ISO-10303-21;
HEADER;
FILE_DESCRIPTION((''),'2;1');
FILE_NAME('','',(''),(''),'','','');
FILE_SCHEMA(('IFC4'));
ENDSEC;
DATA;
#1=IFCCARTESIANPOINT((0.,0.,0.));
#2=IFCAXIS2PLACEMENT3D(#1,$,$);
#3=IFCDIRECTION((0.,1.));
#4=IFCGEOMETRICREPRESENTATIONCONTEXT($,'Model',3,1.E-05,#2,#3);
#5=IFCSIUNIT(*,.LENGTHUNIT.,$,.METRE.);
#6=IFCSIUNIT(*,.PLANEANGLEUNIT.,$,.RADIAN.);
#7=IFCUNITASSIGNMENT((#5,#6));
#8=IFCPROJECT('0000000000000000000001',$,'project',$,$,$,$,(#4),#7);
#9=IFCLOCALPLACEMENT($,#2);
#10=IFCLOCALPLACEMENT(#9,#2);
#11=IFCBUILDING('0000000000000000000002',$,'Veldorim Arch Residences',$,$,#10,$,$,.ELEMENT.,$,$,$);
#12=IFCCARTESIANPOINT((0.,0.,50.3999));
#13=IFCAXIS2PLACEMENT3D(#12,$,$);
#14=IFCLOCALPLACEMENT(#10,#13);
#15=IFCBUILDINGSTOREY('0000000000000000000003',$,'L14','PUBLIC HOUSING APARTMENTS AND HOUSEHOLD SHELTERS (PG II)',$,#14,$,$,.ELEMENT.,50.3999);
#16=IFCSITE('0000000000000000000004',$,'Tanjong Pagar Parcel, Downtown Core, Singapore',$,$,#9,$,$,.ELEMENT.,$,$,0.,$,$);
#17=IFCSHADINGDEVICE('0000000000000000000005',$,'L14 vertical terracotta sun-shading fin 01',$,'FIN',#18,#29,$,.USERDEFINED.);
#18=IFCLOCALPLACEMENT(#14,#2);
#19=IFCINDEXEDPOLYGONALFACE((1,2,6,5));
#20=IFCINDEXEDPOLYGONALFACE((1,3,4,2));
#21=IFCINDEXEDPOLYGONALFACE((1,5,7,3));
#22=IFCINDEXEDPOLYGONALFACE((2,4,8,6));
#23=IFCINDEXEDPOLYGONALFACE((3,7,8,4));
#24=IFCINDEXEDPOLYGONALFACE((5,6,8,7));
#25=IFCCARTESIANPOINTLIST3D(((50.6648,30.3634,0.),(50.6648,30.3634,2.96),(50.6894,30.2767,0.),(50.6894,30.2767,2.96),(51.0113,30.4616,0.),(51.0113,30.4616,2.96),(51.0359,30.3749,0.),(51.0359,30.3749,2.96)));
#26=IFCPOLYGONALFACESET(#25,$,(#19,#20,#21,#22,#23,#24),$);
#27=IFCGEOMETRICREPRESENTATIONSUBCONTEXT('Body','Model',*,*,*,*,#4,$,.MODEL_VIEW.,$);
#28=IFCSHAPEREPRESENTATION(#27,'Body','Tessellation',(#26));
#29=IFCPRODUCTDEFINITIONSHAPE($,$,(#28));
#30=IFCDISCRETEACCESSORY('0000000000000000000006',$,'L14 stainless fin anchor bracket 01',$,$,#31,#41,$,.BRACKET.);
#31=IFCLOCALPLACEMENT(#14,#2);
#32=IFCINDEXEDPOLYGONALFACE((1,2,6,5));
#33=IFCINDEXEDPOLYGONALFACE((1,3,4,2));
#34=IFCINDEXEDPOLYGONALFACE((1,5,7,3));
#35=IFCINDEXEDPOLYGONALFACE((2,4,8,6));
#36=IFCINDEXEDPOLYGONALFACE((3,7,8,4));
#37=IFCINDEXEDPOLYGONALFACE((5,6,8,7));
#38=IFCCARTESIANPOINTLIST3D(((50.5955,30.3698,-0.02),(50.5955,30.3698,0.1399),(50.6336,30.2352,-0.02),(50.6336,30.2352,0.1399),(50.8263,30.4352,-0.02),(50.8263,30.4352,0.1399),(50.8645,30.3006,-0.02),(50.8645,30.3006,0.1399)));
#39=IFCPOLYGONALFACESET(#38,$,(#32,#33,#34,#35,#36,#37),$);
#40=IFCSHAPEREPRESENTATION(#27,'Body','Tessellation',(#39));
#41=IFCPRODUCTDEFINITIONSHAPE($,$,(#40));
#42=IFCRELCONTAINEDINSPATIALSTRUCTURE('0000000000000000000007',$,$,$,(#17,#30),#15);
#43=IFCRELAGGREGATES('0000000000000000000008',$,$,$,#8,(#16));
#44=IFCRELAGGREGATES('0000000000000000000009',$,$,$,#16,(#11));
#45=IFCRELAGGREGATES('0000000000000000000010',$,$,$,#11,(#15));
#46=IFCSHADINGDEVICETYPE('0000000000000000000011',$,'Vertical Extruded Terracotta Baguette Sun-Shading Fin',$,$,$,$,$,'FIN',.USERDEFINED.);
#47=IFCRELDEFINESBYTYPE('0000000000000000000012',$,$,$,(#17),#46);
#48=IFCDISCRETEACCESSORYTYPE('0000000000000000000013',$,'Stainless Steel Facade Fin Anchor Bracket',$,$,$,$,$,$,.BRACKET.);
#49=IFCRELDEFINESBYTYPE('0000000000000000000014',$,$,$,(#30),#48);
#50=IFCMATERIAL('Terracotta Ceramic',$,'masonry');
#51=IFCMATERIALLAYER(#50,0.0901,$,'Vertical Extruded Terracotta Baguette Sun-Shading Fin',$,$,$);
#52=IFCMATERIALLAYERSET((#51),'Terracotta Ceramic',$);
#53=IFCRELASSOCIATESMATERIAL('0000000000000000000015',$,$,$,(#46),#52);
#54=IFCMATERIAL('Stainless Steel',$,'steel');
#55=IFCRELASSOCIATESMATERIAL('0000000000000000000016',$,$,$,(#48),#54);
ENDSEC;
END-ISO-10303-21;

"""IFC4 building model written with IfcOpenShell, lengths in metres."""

from ifc_helpers import new_model, si_unit, direction, frame, origin, origin_2d, place, context, subcontext, project, spatial, rectangle, extrude, material, layer, layer_set, type_object, element, save


model = new_model("IFC4")

# Units and contexts
model_context = context("Model", 3, precision=1e-05, world=origin(), true_north=direction((0.0, 1.0)))
body_context = subcontext(model_context, "Body", "Model", "MODEL_VIEW")
ifc_project = project(units=[si_unit("LENGTHUNIT", "METRE"), si_unit("PLANEANGLEUNIT", "RADIAN")], contexts=[model_context])

# Site, building, storey
site_placement = place(None, origin())
site = spatial("IfcSite", under=ifc_project, at=site_placement, Name="Tanjong Pagar Parcel, Downtown Core, Singapore", CompositionType="ELEMENT", RefElevation=0.0)
building_placement = place(site_placement, origin())
building = spatial("IfcBuilding", under=site, at=building_placement, Name="Veldorim Arch Residences", CompositionType="ELEMENT")
storey_placement = place(building_placement, frame((0.0, 0.0, 50.3999)))
storey = spatial("IfcBuildingStorey", under=building, at=storey_placement, Name="L14", Description="PUBLIC HOUSING APARTMENTS AND HOUSEHOLD SHELTERS (PG II)", CompositionType="ELEMENT", Elevation=50.3999)

# Shading device
ifc_material_1 = material(Name="Terracotta Ceramic", Category="masonry")
ifc_layer_1 = layer(ifc_material_1, 0.0901, Name="Vertical Extruded Terracotta Baguette Sun-Shading Fin")
ifc_layer_set_1 = layer_set([ifc_layer_1], Name="Terracotta Ceramic")
shading_device_type = type_object("IfcShadingDeviceType", Name="Vertical Extruded Terracotta Baguette Sun-Shading Fin", ElementType="FIN", PredefinedType="USERDEFINED", material=ifc_layer_set_1)
shading_device_placement = place(storey_placement, frame((50.8503, 30.3691, 0.0), z_axis=(0.0, 0.0, 1.0), x_axis=(0.272784, -0.962075, 0.0)))
element("IfcShadingDevice", 1, at=shading_device_placement, inside=storey, type_object=shading_device_type, Name="L14 vertical terracotta sun-shading fin 01", ObjectType="FIN", PredefinedType="USERDEFINED", context=body_context, shape_type="SweptSolid", body=[
    extrude(rectangle(XDim=0.0901, YDim=0.3601, at=origin_2d()), origin(), (0.0, 0.0, 1.0), 2.96),
])

# Discrete accessory
ifc_material_2 = material(Name="Stainless Steel", Category="steel")
discrete_accessory_type = type_object("IfcDiscreteAccessoryType", Name="Stainless Steel Facade Fin Anchor Bracket", PredefinedType="BRACKET", material=ifc_material_2)
discrete_accessory_placement = place(storey_placement, frame((50.73, 30.3352, -0.02), z_axis=(0.0, 0.0, 1.0), x_axis=(0.272784, -0.962075, 0.0)))
element("IfcDiscreteAccessory", 2, at=discrete_accessory_placement, inside=storey, type_object=discrete_accessory_type, Name="L14 stainless fin anchor bracket 01", PredefinedType="BRACKET", context=body_context, shape_type="SweptSolid", body=[
    extrude(rectangle(XDim=0.1399, YDim=0.24, at=origin_2d()), origin(), (0.0, 0.0, 1.0), 0.1599),
])

save(model, "model.ifc")
